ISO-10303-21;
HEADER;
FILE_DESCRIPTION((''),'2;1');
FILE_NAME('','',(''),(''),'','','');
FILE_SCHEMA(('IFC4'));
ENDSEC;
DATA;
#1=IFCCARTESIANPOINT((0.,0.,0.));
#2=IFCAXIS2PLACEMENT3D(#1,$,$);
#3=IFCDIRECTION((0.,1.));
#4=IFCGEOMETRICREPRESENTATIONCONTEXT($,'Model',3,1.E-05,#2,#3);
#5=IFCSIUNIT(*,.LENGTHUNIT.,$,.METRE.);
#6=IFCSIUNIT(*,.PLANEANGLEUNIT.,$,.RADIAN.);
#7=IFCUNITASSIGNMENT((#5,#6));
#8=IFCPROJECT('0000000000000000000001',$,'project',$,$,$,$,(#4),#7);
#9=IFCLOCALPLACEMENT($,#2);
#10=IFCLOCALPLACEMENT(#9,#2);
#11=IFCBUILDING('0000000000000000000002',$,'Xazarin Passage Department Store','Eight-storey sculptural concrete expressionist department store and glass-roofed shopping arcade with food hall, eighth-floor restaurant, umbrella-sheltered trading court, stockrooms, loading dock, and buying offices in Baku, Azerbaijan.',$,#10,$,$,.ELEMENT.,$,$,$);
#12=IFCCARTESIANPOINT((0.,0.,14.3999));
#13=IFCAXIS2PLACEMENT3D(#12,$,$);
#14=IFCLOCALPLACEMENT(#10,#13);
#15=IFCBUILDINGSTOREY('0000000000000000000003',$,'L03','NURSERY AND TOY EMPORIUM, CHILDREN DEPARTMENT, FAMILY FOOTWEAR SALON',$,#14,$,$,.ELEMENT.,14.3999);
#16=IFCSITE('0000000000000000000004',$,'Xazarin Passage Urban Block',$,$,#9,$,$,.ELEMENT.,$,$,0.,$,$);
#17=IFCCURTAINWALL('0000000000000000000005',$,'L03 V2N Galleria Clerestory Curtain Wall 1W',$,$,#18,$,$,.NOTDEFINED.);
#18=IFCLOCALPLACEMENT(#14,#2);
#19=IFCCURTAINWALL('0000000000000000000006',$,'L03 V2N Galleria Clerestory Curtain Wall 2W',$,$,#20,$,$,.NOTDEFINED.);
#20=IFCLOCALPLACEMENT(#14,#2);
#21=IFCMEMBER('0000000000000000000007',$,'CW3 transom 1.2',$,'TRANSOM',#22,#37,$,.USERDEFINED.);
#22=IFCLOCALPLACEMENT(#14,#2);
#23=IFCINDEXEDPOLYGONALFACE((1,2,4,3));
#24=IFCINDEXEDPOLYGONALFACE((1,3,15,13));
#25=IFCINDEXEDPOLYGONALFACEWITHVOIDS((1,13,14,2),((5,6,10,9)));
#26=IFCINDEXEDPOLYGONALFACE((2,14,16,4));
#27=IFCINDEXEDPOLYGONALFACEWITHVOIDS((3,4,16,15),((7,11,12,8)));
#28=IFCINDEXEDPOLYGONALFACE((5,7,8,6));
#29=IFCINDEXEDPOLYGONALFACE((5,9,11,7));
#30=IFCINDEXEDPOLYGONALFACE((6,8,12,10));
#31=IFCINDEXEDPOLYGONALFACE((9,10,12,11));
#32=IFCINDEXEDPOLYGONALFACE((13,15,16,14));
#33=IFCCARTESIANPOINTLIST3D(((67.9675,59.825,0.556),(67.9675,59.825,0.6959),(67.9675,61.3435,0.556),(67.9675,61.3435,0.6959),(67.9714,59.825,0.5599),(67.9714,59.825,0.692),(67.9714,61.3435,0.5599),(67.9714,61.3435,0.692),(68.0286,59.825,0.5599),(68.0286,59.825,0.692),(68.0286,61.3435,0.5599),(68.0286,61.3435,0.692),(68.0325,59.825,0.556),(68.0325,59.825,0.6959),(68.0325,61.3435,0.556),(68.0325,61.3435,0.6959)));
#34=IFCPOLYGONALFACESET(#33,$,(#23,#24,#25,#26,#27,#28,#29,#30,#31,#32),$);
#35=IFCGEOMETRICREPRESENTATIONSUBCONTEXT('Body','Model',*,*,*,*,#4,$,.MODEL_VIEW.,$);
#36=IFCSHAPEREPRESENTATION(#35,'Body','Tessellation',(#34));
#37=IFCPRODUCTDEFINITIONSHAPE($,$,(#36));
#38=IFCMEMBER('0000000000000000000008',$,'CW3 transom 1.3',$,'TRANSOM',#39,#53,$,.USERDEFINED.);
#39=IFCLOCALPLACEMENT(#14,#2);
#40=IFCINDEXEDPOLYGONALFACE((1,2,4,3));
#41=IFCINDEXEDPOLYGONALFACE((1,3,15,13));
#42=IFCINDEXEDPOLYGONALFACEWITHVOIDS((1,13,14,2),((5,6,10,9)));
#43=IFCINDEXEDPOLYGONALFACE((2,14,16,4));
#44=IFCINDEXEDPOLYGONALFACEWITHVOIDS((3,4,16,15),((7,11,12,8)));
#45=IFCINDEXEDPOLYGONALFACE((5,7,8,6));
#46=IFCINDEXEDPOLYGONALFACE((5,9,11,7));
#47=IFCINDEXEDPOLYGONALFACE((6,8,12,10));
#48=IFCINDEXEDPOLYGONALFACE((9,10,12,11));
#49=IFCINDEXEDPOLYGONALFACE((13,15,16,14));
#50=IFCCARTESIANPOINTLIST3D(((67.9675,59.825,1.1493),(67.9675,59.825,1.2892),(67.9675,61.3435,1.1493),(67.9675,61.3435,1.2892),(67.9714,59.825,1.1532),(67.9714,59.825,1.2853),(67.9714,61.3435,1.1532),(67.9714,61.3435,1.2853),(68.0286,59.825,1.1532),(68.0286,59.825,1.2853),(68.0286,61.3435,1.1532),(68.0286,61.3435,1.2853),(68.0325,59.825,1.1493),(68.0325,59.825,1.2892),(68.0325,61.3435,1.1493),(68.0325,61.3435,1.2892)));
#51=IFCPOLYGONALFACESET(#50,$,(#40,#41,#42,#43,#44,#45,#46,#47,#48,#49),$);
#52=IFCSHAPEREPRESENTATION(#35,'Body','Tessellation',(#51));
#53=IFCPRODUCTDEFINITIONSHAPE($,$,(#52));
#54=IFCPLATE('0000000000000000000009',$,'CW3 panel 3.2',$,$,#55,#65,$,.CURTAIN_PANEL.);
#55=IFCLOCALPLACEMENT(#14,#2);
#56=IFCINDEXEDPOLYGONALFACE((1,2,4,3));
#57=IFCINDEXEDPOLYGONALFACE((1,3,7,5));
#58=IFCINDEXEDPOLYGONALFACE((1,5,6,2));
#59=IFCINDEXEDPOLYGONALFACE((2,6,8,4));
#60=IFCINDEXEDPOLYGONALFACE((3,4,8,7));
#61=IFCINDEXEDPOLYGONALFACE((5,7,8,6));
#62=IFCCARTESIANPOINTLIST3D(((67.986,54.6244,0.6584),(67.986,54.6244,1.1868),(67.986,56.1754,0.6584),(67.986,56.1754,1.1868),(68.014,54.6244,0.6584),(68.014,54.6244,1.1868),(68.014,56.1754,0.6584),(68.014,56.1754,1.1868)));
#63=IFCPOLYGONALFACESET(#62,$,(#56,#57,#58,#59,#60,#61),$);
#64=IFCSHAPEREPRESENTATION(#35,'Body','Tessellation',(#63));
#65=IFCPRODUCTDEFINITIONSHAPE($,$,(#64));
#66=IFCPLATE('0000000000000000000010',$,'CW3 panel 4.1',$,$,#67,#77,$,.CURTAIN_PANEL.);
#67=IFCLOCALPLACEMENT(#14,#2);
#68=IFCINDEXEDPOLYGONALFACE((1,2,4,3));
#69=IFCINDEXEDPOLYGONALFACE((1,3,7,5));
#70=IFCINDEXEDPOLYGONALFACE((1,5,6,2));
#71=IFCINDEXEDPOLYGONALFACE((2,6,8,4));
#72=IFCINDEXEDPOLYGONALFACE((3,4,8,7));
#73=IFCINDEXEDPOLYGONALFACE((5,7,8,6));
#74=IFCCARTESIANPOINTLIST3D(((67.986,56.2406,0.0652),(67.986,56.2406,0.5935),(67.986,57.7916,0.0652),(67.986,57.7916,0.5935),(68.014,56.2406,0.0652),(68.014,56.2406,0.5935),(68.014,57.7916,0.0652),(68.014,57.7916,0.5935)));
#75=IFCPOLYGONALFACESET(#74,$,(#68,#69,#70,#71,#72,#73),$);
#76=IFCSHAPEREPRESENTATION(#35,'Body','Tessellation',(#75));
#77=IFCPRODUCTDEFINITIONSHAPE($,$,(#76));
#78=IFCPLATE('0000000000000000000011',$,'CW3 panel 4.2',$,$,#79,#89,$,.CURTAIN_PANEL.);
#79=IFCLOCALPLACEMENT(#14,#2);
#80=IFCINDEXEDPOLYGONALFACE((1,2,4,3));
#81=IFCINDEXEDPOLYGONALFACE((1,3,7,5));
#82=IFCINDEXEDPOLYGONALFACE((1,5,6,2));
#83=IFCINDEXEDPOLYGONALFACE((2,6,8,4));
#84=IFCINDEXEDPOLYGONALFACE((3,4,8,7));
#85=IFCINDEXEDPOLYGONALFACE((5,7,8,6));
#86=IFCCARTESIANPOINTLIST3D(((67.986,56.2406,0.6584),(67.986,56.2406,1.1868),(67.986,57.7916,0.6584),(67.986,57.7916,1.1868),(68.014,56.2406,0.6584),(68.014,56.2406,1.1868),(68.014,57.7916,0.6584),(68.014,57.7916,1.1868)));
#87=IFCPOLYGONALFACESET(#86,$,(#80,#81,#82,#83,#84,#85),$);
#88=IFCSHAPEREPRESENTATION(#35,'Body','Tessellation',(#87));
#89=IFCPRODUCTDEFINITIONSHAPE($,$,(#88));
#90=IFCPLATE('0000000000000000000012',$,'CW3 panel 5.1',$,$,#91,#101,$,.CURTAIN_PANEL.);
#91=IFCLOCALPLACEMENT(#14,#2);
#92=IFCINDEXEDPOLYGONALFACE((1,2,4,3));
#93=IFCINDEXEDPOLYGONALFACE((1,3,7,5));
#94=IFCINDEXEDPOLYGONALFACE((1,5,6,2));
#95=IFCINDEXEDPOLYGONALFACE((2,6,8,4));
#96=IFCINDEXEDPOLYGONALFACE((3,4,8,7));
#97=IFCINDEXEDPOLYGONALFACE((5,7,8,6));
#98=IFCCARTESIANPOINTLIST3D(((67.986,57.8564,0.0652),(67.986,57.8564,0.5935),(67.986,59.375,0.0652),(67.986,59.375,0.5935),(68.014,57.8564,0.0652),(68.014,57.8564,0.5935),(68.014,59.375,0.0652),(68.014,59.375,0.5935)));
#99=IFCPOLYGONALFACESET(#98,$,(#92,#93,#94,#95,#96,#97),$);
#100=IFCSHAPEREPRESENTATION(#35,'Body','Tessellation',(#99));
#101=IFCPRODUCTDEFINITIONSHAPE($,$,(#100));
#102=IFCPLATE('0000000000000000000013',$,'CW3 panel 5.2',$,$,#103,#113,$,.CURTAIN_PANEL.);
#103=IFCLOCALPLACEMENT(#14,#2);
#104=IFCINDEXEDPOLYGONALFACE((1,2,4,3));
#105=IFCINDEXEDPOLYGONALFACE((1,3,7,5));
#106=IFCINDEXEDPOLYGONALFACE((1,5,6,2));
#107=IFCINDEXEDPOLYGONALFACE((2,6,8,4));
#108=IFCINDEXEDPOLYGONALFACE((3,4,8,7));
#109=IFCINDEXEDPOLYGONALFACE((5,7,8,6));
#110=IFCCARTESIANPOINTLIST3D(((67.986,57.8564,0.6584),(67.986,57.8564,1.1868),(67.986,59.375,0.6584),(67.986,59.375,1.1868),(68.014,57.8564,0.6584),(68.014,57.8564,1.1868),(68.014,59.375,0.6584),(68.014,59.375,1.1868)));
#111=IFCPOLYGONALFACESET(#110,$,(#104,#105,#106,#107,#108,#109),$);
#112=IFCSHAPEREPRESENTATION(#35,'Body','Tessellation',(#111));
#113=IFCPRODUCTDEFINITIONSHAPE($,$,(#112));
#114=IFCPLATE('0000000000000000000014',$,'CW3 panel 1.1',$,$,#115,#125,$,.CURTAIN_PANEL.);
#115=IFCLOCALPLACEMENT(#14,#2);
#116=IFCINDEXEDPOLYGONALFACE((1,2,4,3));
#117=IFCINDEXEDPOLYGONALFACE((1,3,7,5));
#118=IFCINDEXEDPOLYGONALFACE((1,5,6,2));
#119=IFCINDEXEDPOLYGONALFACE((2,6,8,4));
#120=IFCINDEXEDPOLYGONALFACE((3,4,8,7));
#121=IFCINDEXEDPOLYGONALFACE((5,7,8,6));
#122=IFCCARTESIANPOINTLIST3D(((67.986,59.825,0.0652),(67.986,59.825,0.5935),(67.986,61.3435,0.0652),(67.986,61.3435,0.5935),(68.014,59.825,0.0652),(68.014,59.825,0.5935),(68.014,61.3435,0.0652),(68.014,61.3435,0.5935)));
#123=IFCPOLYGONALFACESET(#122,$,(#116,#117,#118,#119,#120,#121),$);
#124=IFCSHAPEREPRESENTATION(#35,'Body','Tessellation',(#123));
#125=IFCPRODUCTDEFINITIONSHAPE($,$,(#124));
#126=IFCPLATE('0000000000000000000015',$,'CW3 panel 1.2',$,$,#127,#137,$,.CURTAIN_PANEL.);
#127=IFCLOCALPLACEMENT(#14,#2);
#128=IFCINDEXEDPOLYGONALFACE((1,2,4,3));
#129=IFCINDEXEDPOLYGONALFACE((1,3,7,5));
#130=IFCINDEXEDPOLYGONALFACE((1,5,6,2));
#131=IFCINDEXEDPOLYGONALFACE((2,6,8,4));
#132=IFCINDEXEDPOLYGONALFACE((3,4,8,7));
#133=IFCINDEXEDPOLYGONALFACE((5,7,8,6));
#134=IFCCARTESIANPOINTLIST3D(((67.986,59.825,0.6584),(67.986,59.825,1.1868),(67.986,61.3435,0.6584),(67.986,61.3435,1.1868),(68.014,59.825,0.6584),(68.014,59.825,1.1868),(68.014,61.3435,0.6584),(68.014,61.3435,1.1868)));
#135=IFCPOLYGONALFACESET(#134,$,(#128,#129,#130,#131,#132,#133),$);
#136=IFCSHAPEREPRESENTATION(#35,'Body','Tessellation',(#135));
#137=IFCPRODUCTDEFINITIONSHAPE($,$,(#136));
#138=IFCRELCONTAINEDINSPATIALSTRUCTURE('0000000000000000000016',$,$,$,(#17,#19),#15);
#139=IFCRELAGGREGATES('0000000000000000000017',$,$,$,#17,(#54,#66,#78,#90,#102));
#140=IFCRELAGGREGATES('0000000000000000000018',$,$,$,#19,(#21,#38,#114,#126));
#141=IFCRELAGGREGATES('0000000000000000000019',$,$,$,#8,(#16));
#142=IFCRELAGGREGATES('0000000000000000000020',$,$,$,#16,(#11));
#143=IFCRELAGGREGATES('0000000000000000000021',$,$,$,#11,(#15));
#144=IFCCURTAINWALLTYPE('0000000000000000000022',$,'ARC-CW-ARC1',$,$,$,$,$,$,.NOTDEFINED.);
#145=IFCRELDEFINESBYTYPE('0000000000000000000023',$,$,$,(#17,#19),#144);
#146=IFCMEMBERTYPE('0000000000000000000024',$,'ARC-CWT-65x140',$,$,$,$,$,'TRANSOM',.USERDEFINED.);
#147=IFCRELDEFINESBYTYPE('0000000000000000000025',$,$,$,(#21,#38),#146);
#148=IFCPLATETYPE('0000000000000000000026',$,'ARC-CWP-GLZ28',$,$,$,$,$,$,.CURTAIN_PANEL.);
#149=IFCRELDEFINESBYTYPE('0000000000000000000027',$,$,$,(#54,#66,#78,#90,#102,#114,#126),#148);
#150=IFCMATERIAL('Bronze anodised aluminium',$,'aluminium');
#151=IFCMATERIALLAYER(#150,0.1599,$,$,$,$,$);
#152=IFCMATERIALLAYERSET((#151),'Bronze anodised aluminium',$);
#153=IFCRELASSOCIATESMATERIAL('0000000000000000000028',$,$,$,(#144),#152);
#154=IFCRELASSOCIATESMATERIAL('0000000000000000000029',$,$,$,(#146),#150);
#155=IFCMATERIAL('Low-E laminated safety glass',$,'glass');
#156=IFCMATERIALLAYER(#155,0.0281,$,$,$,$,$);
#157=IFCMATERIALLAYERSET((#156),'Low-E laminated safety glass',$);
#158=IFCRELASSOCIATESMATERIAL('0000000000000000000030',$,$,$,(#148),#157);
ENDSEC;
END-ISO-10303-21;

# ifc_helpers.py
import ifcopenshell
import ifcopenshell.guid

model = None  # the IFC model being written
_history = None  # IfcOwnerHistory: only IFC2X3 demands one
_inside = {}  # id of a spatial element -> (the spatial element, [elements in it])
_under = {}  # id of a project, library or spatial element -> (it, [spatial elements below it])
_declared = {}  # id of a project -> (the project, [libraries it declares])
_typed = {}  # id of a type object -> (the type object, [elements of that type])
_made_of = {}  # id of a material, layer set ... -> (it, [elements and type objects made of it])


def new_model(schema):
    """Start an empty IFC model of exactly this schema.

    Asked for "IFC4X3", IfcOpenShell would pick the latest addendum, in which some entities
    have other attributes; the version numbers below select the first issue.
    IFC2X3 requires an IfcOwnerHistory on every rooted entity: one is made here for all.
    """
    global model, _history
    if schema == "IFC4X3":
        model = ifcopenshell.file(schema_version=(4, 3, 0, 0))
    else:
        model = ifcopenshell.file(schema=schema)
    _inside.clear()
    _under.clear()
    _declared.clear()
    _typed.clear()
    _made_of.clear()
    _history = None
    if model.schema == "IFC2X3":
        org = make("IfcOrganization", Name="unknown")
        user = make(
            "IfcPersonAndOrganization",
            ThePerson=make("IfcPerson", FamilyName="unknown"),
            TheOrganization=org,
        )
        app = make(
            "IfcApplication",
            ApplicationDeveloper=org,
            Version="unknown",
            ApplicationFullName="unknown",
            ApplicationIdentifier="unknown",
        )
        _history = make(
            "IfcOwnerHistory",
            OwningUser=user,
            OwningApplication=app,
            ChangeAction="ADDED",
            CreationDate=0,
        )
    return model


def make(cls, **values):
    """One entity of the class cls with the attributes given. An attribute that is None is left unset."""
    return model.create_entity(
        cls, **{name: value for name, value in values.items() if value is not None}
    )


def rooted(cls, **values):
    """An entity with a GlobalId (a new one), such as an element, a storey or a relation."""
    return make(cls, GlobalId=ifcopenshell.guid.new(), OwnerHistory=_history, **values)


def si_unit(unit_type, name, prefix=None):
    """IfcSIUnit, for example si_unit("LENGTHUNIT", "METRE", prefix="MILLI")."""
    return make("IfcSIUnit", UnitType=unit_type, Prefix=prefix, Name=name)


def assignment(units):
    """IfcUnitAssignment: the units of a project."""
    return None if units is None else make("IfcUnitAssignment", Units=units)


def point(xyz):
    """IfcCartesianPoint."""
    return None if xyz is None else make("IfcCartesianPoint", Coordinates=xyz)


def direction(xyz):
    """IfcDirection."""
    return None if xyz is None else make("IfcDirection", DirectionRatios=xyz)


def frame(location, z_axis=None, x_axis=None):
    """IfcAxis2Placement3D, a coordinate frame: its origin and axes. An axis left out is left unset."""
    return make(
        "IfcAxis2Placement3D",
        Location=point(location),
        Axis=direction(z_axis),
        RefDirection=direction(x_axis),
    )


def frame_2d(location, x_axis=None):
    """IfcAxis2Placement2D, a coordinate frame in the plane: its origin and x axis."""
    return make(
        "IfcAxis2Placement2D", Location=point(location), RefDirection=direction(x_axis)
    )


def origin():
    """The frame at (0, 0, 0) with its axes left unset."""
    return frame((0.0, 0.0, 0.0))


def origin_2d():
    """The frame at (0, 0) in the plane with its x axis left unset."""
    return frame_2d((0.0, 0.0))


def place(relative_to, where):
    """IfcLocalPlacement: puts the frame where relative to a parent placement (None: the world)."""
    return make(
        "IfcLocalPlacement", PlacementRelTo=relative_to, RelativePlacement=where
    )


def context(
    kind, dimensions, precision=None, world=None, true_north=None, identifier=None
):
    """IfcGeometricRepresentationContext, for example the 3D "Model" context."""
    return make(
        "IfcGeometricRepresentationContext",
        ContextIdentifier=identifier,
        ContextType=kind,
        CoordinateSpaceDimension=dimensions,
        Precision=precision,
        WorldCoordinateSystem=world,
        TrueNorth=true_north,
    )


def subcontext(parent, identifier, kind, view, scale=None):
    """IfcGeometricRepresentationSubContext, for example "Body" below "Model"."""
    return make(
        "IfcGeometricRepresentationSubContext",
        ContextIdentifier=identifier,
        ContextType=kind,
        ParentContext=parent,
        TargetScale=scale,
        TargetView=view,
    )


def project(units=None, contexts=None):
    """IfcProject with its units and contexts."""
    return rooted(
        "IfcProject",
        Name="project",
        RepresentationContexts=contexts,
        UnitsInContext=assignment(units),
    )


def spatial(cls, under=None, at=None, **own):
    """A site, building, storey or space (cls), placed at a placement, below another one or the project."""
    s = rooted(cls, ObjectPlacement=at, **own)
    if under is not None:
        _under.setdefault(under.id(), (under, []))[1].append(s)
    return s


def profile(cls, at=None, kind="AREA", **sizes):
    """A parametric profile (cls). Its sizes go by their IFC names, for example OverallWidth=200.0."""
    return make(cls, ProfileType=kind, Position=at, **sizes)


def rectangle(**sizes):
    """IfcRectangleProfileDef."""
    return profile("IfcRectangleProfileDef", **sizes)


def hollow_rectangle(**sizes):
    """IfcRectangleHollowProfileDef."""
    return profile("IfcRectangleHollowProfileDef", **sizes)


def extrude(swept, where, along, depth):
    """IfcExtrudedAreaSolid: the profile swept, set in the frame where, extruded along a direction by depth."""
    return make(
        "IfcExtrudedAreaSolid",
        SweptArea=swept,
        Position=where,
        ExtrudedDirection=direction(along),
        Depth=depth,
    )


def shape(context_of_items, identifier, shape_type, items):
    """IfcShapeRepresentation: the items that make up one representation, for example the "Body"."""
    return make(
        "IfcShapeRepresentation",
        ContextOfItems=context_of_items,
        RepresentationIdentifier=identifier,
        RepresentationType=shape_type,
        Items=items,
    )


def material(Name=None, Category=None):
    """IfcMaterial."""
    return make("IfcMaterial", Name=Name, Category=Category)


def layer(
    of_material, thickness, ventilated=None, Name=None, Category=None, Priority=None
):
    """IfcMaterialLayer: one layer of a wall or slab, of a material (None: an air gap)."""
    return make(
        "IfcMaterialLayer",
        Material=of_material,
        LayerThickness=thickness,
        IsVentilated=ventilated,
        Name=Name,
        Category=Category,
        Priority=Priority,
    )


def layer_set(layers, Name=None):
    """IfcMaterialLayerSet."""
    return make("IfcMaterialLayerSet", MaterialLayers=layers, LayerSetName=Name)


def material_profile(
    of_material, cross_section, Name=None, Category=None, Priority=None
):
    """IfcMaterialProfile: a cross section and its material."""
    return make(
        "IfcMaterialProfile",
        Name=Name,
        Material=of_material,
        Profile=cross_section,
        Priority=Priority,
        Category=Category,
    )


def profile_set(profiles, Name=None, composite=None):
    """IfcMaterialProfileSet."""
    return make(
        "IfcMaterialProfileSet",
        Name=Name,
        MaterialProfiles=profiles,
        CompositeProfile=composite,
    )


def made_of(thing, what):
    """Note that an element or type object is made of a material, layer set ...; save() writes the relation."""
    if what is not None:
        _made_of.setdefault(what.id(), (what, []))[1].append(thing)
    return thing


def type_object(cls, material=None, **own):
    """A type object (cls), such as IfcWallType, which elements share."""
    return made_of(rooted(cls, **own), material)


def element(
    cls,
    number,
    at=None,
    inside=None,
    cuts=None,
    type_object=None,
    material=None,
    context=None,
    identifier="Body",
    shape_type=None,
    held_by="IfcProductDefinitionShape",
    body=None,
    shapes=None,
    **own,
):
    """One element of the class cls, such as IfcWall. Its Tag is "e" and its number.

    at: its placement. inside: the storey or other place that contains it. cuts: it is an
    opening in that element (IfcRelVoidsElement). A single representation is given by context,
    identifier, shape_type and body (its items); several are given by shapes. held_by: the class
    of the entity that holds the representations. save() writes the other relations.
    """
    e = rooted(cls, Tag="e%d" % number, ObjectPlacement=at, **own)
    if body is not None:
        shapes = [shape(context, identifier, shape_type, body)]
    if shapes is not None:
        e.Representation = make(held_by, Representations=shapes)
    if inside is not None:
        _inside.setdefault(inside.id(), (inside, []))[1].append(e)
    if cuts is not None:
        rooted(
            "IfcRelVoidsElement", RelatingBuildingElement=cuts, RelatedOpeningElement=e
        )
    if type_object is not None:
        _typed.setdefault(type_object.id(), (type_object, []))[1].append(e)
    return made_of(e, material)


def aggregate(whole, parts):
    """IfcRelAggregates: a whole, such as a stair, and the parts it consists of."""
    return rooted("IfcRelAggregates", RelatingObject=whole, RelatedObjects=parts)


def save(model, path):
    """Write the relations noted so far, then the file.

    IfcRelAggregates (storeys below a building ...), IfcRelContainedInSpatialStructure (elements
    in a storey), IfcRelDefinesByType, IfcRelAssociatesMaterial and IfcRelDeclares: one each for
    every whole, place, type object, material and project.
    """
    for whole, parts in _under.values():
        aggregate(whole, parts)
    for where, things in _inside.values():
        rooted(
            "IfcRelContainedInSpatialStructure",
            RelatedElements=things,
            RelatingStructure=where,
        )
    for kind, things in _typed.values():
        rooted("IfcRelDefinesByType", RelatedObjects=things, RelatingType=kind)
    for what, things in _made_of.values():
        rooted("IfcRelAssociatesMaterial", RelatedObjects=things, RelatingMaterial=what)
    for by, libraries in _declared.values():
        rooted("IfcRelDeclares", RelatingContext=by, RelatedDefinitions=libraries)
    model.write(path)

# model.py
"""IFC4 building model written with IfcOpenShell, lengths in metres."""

from ifc_helpers import new_model, si_unit, direction, frame, origin, origin_2d, place, context, subcontext, project, spatial, rectangle, hollow_rectangle, extrude, material, layer, layer_set, material_profile, profile_set, type_object, element, aggregate, save


model = new_model("IFC4")

# Units and contexts
model_context = context("Model", 3, precision=1e-05, world=origin(), true_north=direction((0.0, 1.0)))
body_context = subcontext(model_context, "Body", "Model", "MODEL_VIEW")
ifc_project = project(units=[si_unit("LENGTHUNIT", "METRE"), si_unit("PLANEANGLEUNIT", "RADIAN")], contexts=[model_context])

# Site, building, storey
site_placement = place(None, origin())
site = spatial("IfcSite", under=ifc_project, at=site_placement, Name="Xazarin Passage Urban Block", CompositionType="ELEMENT", RefElevation=0.0)
building_placement = place(site_placement, origin())
building = spatial("IfcBuilding", under=site, at=building_placement, Name="Xazarin Passage Department Store", Description="Eight-storey sculptural concrete expressionist department store and glass-roofed shopping arcade with food hall, eighth-floor restaurant, umbrella-sheltered trading court, stockrooms, loading dock, and buying offices in Baku, Azerbaijan.", CompositionType="ELEMENT")
storey_placement = place(building_placement, frame((0.0, 0.0, 14.3999)))
storey = spatial("IfcBuildingStorey", under=building, at=storey_placement, Name="L03", Description="NURSERY AND TOY EMPORIUM, CHILDREN DEPARTMENT, FAMILY FOOTWEAR SALON", CompositionType="ELEMENT", Elevation=14.3999)

# Curtain wall
ifc_material_1 = material(Name="Bronze anodised aluminium", Category="aluminium")
ifc_layer_1 = layer(ifc_material_1, 0.1599)
ifc_layer_set_1 = layer_set([ifc_layer_1], Name="Bronze anodised aluminium")
curtain_wall_type = type_object("IfcCurtainWallType", Name="ARC-CW-ARC1", PredefinedType="NOTDEFINED", material=ifc_layer_set_1)
curtain_wall_1_placement = place(storey_placement, origin())
curtain_wall_1 = element("IfcCurtainWall", 1, at=curtain_wall_1_placement, inside=storey, type_object=curtain_wall_type, Name="L03 V2N Galleria Clerestory Curtain Wall 1W", PredefinedType="NOTDEFINED")

# Curtain wall
curtain_wall_2_placement = place(storey_placement, origin())
curtain_wall_2 = element("IfcCurtainWall", 2, at=curtain_wall_2_placement, inside=storey, type_object=curtain_wall_type, Name="L03 V2N Galleria Clerestory Curtain Wall 2W", PredefinedType="NOTDEFINED")

# Members
ifc_material_profile_1 = material_profile(ifc_material_1, hollow_rectangle(XDim=0.0649, YDim=0.1399, WallThickness=0.0039, at=origin_2d()), Name="ALU 65x140")
ifc_profile_set_1 = profile_set([ifc_material_profile_1], Name="Bronze anodised aluminium")
member_type_1 = type_object("IfcMemberType", Name="ARC-CWT-65x140", ElementType="TRANSOM", PredefinedType="USERDEFINED", material=ifc_profile_set_1)
member_1_placement = place(storey_placement, frame((68.0, 59.825, 0.626), z_axis=(0.0, 1.0, 0.0), x_axis=(-1.0, 0.0, 0.0)))
member_1 = element("IfcMember", 3, at=member_1_placement, type_object=member_type_1, Name="CW3 transom 1.2", ObjectType="TRANSOM", PredefinedType="USERDEFINED", context=body_context, shape_type="SweptSolid", body=[
    extrude(hollow_rectangle(XDim=0.0649, YDim=0.1399, WallThickness=0.0039, at=origin_2d()), origin(), (0.0, 0.0, 1.0), 1.5186),
])
member_2_placement = place(storey_placement, frame((68.0, 59.825, 1.2192), z_axis=(0.0, 1.0, 0.0), x_axis=(-1.0, 0.0, 0.0)))
member_2 = element("IfcMember", 4, at=member_2_placement, type_object=member_type_1, Name="CW3 transom 1.3", ObjectType="TRANSOM", PredefinedType="USERDEFINED", context=body_context, shape_type="SweptSolid", body=[
    extrude(hollow_rectangle(XDim=0.0649, YDim=0.1399, WallThickness=0.0039, at=origin_2d()), origin(), (0.0, 0.0, 1.0), 1.5186),
])

# Plates
ifc_material_2 = material(Name="Low-E laminated safety glass", Category="glass")
ifc_layer_2 = layer(ifc_material_2, 0.0281)
ifc_layer_set_2 = layer_set([ifc_layer_2], Name="Low-E laminated safety glass")
plate_type = type_object("IfcPlateType", Name="ARC-CWP-GLZ28", PredefinedType="CURTAIN_PANEL", material=ifc_layer_set_2)
plate_1_placement = place(storey_placement, frame((68.0, 55.3999, 0.6584), z_axis=(0.0, 0.0, 1.0), x_axis=(0.0, 1.0, 0.0)))
plate_1 = element("IfcPlate", 5, at=plate_1_placement, type_object=plate_type, Name="CW3 panel 3.2", PredefinedType="CURTAIN_PANEL", context=body_context, shape_type="SweptSolid", body=[
    extrude(rectangle(XDim=1.551, YDim=0.0281, at=origin_2d()), origin(), (0.0, 0.0, 1.0), 0.5283),
])
plate_2_placement = place(storey_placement, frame((68.0, 57.0161, 0.0652), z_axis=(0.0, 0.0, 1.0), x_axis=(0.0, 1.0, 0.0)))
plate_2 = element("IfcPlate", 6, at=plate_2_placement, type_object=plate_type, Name="CW3 panel 4.1", PredefinedType="CURTAIN_PANEL", context=body_context, shape_type="SweptSolid", body=[
    extrude(rectangle(XDim=1.551, YDim=0.0281, at=origin_2d()), origin(), (0.0, 0.0, 1.0), 0.5283),
])
plate_3_placement = place(storey_placement, frame((68.0, 57.0161, 0.6584), z_axis=(0.0, 0.0, 1.0), x_axis=(0.0, 1.0, 0.0)))
plate_3 = element("IfcPlate", 7, at=plate_3_placement, type_object=plate_type, Name="CW3 panel 4.2", PredefinedType="CURTAIN_PANEL", context=body_context, shape_type="SweptSolid", body=[
    extrude(rectangle(XDim=1.551, YDim=0.0281, at=origin_2d()), origin(), (0.0, 0.0, 1.0), 0.5283),
])
plate_4_placement = place(storey_placement, frame((68.0, 58.6157, 0.0652), z_axis=(0.0, 0.0, 1.0), x_axis=(0.0, 1.0, 0.0)))
plate_4 = element("IfcPlate", 8, at=plate_4_placement, type_object=plate_type, Name="CW3 panel 5.1", PredefinedType="CURTAIN_PANEL", context=body_context, shape_type="SweptSolid", body=[
    extrude(rectangle(XDim=1.5186, YDim=0.0281, at=origin_2d()), origin(), (0.0, 0.0, 1.0), 0.5283),
])
plate_5_placement = place(storey_placement, frame((68.0, 58.6157, 0.6584), z_axis=(0.0, 0.0, 1.0), x_axis=(0.0, 1.0, 0.0)))
plate_5 = element("IfcPlate", 9, at=plate_5_placement, type_object=plate_type, Name="CW3 panel 5.2", PredefinedType="CURTAIN_PANEL", context=body_context, shape_type="SweptSolid", body=[
    extrude(rectangle(XDim=1.5186, YDim=0.0281, at=origin_2d()), origin(), (0.0, 0.0, 1.0), 0.5283),
])
aggregate(curtain_wall_1, [plate_1, plate_2, plate_3, plate_4, plate_5])
plate_6_placement = place(storey_placement, frame((68.0, 60.5842, 0.0652), z_axis=(0.0, 0.0, 1.0), x_axis=(0.0, 1.0, 0.0)))
plate_6 = element("IfcPlate", 10, at=plate_6_placement, type_object=plate_type, Name="CW3 panel 1.1", PredefinedType="CURTAIN_PANEL", context=body_context, shape_type="SweptSolid", body=[
    extrude(rectangle(XDim=1.5186, YDim=0.0281, at=origin_2d()), origin(), (0.0, 0.0, 1.0), 0.5283),
])
plate_7_placement = place(storey_placement, frame((68.0, 60.5842, 0.6584), z_axis=(0.0, 0.0, 1.0), x_axis=(0.0, 1.0, 0.0)))
plate_7 = element("IfcPlate", 11, at=plate_7_placement, type_object=plate_type, Name="CW3 panel 1.2", PredefinedType="CURTAIN_PANEL", context=body_context, shape_type="SweptSolid", body=[
    extrude(rectangle(XDim=1.5186, YDim=0.0281, at=origin_2d()), origin(), (0.0, 0.0, 1.0), 0.5283),
])
aggregate(curtain_wall_2, [member_1, member_2, plate_6, plate_7])

save(model, "model.ifc")
